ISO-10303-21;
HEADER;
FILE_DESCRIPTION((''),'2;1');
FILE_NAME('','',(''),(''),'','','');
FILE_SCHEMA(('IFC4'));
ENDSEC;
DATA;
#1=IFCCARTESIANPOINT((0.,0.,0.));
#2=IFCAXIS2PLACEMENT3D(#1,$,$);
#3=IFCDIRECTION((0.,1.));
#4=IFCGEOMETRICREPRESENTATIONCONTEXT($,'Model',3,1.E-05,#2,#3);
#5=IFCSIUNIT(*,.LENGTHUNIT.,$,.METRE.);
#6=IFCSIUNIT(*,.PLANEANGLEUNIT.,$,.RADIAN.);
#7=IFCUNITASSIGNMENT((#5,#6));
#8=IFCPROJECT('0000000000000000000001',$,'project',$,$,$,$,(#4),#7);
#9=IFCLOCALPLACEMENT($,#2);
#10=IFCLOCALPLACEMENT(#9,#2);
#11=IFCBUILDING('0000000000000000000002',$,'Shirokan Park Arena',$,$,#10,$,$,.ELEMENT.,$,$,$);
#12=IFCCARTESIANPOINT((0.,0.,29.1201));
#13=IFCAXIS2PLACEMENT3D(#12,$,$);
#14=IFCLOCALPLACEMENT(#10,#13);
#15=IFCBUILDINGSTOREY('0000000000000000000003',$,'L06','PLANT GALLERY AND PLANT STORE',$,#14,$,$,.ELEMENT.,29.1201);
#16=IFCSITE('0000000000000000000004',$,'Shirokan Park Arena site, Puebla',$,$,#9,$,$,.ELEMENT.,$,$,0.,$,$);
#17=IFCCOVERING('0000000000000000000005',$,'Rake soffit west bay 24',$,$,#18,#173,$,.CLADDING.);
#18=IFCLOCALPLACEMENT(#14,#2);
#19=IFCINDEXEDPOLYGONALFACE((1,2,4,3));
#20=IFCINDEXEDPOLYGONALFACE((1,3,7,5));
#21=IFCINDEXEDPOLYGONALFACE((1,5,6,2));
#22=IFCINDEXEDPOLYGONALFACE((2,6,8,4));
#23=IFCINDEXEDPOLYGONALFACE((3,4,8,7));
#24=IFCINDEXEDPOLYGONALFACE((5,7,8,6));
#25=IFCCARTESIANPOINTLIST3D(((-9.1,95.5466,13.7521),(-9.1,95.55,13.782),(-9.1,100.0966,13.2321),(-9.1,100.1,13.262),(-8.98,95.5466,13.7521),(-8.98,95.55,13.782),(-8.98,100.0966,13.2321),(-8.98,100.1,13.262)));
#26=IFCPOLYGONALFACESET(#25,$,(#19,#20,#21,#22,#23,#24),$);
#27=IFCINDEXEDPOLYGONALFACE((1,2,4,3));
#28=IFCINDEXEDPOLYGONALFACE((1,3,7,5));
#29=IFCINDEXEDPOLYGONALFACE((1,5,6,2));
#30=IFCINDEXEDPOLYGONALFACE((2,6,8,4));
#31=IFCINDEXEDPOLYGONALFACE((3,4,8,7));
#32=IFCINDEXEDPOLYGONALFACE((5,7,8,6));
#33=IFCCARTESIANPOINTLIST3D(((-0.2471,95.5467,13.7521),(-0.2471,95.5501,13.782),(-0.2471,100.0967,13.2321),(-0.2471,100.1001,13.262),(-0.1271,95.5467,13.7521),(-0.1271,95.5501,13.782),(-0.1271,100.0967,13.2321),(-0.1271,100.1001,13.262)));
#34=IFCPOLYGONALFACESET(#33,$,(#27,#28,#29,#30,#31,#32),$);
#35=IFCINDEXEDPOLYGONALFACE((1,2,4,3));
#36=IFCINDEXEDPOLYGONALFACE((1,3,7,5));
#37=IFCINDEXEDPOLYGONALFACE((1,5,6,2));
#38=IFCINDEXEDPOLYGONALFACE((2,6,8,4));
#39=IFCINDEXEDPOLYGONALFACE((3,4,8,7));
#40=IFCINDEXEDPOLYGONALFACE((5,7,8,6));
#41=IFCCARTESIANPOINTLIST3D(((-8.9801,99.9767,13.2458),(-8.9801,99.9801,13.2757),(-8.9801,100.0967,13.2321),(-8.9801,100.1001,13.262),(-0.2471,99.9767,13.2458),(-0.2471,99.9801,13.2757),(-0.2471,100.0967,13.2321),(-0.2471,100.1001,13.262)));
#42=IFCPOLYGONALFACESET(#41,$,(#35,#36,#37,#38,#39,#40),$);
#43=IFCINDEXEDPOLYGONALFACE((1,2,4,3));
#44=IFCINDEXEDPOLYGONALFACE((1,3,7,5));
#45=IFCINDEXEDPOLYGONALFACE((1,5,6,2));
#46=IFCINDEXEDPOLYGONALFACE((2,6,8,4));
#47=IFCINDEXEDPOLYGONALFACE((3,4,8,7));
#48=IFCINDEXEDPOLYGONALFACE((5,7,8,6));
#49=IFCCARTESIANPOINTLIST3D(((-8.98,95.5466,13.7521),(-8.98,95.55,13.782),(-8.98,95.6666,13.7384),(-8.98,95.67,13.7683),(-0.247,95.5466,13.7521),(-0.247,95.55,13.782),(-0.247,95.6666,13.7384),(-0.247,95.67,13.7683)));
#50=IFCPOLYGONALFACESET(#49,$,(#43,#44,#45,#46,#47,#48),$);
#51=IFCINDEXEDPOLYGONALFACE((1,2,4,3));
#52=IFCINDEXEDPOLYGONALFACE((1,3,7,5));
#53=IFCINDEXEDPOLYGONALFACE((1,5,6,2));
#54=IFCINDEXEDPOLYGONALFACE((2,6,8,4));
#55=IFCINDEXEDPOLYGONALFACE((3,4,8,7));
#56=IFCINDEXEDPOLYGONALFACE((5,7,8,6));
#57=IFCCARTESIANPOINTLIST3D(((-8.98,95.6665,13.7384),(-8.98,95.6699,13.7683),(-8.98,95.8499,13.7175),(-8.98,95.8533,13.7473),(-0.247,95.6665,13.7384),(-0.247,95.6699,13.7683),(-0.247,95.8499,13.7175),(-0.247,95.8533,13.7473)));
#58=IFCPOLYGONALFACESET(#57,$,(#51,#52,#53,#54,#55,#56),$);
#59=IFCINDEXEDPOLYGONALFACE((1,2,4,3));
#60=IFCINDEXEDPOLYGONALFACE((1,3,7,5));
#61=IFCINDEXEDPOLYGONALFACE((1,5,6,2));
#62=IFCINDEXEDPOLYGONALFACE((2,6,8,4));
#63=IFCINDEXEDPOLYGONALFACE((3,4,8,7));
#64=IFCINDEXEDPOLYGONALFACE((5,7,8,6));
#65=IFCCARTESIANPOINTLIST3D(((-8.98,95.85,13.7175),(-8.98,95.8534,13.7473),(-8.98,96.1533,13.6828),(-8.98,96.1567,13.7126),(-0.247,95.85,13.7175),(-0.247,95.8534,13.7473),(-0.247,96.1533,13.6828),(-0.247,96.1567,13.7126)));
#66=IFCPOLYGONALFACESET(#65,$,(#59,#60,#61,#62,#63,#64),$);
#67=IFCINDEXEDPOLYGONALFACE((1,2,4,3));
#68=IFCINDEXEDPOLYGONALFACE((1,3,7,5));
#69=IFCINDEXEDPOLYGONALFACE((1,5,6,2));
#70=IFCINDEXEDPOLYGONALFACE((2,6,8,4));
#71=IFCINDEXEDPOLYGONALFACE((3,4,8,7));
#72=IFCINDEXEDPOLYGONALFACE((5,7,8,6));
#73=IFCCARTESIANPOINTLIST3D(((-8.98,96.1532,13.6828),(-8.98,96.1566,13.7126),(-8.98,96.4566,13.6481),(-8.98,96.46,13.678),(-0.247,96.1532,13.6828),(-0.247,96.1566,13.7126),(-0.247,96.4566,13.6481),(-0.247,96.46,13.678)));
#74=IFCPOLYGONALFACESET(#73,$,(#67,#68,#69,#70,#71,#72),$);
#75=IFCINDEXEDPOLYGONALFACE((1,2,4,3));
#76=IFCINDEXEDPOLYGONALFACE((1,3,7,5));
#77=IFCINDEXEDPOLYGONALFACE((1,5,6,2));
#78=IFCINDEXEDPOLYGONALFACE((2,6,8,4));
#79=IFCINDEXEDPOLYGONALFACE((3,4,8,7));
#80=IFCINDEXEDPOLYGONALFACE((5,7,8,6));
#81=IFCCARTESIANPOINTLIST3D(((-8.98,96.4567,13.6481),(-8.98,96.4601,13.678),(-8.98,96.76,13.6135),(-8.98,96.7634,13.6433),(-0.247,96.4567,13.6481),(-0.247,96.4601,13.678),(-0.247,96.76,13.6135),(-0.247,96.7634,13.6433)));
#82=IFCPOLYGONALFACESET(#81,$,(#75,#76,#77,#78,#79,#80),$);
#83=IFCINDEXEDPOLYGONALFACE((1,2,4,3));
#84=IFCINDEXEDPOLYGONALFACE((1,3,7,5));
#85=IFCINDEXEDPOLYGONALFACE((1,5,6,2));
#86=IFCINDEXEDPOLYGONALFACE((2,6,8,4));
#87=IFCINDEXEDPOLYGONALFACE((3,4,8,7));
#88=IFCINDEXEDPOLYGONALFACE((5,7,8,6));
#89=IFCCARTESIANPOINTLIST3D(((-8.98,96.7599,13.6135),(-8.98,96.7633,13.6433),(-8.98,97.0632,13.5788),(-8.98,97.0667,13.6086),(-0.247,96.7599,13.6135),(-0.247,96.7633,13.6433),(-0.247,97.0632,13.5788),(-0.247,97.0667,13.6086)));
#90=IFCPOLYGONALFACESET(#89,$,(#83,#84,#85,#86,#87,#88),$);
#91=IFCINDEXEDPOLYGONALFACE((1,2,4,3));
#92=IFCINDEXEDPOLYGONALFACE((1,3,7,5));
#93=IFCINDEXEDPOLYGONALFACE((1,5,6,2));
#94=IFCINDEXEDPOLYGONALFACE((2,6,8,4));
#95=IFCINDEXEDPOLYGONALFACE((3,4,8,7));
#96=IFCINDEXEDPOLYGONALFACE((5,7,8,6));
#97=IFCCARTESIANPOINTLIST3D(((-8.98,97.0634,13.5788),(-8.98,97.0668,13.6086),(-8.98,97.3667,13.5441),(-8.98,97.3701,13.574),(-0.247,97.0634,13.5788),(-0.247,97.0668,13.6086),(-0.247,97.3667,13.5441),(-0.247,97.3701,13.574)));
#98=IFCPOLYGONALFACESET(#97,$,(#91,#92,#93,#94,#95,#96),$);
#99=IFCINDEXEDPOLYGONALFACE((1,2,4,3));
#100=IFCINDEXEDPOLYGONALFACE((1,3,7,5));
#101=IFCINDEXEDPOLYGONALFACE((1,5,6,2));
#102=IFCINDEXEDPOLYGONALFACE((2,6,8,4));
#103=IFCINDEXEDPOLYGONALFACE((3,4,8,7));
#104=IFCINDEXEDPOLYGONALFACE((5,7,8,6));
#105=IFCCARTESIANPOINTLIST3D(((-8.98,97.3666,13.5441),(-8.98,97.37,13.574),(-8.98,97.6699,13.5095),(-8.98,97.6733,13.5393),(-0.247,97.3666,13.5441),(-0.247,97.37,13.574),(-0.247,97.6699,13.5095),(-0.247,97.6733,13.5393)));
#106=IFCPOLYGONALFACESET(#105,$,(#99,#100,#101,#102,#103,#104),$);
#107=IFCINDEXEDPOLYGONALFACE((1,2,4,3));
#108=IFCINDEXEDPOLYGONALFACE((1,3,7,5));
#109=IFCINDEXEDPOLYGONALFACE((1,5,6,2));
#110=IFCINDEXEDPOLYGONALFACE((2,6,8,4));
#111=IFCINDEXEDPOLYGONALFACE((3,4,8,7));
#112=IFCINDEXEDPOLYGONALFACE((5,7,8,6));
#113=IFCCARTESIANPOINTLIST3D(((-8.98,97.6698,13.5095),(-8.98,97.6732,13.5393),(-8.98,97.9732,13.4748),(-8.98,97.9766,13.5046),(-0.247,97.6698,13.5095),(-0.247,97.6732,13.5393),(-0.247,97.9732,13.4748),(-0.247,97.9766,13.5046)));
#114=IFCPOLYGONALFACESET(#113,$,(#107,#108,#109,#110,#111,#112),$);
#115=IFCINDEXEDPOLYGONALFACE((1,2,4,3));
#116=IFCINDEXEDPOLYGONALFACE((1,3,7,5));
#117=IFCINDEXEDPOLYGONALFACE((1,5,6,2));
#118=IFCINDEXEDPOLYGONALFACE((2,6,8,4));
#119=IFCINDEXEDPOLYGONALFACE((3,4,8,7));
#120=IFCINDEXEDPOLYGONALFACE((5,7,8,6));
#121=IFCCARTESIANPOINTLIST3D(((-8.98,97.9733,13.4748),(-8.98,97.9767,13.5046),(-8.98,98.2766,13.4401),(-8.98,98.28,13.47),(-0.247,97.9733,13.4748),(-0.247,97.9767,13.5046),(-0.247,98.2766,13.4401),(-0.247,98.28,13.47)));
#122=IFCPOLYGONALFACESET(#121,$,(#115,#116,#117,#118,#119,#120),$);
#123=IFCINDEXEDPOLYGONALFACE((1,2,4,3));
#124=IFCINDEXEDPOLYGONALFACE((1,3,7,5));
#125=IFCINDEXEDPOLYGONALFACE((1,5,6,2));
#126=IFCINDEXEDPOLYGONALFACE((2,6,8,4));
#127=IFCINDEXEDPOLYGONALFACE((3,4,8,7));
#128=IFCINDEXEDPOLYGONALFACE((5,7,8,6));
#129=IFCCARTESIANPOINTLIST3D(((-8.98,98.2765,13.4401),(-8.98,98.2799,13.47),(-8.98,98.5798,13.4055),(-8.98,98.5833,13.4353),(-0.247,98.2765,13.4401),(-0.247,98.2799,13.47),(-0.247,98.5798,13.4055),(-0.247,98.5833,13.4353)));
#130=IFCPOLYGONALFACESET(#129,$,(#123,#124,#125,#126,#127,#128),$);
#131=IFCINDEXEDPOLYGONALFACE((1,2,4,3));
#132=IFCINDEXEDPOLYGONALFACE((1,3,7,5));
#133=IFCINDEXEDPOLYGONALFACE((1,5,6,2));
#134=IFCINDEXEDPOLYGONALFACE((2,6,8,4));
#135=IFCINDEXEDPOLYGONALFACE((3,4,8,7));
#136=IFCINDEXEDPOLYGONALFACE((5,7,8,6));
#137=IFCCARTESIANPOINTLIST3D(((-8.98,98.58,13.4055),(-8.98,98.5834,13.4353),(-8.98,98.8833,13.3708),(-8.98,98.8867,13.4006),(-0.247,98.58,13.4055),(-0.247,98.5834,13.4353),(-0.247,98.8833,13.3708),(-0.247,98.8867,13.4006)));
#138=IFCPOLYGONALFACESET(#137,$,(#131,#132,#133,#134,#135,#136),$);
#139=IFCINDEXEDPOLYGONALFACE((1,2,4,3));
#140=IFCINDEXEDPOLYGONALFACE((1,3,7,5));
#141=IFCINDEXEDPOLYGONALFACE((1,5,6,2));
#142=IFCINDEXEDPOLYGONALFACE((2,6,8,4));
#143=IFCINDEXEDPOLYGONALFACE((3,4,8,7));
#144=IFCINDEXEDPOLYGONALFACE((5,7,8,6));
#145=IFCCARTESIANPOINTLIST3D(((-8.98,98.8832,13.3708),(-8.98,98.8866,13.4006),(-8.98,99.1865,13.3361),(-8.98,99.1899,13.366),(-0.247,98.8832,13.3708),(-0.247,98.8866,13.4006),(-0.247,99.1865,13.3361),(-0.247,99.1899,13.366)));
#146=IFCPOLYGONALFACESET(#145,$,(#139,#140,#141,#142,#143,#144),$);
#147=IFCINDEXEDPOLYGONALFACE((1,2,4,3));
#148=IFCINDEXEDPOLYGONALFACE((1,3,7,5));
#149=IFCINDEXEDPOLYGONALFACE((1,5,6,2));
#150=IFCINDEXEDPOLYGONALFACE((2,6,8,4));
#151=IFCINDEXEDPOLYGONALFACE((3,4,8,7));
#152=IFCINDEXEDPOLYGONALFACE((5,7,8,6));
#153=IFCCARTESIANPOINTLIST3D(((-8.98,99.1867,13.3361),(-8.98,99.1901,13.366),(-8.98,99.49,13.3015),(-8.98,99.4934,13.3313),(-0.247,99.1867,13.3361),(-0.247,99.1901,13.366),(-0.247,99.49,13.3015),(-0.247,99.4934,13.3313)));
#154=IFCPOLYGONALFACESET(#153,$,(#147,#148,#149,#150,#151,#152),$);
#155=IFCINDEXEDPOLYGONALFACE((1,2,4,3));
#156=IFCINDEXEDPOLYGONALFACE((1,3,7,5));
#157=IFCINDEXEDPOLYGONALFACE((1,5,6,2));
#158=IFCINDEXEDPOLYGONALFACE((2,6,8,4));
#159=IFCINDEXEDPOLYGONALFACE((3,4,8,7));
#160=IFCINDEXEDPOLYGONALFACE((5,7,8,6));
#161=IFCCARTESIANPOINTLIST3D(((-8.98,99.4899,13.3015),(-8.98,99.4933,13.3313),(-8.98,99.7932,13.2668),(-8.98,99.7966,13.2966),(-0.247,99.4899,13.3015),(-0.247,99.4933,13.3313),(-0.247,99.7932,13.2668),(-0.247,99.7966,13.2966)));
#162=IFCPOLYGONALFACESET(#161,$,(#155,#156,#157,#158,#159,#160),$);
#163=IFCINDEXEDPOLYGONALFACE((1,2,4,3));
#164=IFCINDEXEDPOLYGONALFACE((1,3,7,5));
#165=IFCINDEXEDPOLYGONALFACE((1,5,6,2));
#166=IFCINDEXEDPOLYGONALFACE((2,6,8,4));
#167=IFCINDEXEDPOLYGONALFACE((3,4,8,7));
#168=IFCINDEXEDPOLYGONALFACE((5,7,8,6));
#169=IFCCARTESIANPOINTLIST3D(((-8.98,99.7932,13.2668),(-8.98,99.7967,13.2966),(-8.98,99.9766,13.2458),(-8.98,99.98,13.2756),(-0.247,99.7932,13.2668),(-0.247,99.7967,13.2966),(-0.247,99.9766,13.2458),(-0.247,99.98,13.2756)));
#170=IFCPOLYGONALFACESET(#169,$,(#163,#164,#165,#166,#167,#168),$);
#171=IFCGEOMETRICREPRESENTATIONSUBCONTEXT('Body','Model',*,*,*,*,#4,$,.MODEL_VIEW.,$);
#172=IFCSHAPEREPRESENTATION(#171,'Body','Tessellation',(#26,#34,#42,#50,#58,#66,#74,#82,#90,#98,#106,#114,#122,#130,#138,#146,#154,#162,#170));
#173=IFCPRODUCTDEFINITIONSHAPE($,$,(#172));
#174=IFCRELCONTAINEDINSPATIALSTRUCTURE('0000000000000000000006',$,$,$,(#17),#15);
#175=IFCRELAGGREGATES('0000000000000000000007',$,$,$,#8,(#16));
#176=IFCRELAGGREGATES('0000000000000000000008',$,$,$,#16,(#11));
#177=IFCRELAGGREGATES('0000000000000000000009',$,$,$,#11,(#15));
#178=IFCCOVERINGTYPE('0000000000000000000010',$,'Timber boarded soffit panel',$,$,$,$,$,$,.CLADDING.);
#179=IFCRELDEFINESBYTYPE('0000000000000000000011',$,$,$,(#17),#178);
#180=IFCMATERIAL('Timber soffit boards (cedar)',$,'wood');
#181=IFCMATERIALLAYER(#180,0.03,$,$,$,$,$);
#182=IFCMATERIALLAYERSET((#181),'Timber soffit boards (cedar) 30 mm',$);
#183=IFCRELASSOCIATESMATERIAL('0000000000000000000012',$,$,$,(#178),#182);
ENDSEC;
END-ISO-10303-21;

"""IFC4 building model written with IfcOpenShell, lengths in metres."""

from ifc_helpers import new_model, si_unit, direction, frame, origin, place, context, subcontext, project, spatial, polyline, outline, extrude, material, layer, layer_set, type_object, element, save


model = new_model("IFC4")

# Units and contexts
model_context = context("Model", 3, precision=1e-05, world=origin(), true_north=direction((0.0, 1.0)))
body_context = subcontext(model_context, "Body", "Model", "MODEL_VIEW")
ifc_project = project(units=[si_unit("LENGTHUNIT", "METRE"), si_unit("PLANEANGLEUNIT", "RADIAN")], contexts=[model_context])

# Site, building, storey
site_placement = place(None, origin())
site = spatial("IfcSite", under=ifc_project, at=site_placement, Name="Shirokan Park Arena site, Puebla", CompositionType="ELEMENT", RefElevation=0.0)
building_placement = place(site_placement, origin())
building = spatial("IfcBuilding", under=site, at=building_placement, Name="Shirokan Park Arena", CompositionType="ELEMENT")
storey_placement = place(building_placement, frame((0.0, 0.0, 29.1201)))
storey = spatial("IfcBuildingStorey", under=building, at=storey_placement, Name="L06", Description="PLANT GALLERY AND PLANT STORE", CompositionType="ELEMENT", Elevation=29.1201)

# Covering
ifc_material = material(Name="Timber soffit boards (cedar)", Category="wood")
ifc_layer = layer(ifc_material, 0.03)
ifc_layer_set = layer_set([ifc_layer], Name="Timber soffit boards (cedar) 30 mm")
covering_type = type_object("IfcCoveringType", Name="Timber boarded soffit panel", PredefinedType="CLADDING", material=ifc_layer_set)
covering_1_placement = place(storey_placement, origin())
element("IfcCovering", 1, at=covering_1_placement, inside=storey, type_object=covering_type, Name="Rake soffit west bay 24", PredefinedType="CLADDING", context=body_context, shape_type="SweptSolid", body=[
    extrude(outline(polyline([(0.0, 0.0), (0.12, 0.0), (0.12, -4.5796), (0.0, -4.5796), (0.0, 0.0)])), frame((-8.98, 95.55, 13.782), z_axis=(0.0, 0.113547, 0.993533), x_axis=(-1.0, 0.0, 0.0)), (0.0, 0.0, -1.0), 0.03),
    extrude(outline(polyline([(0.0, 0.0), (0.12, 0.0), (0.12, -4.5796), (0.0, -4.5796), (0.0, 0.0)])), frame((-0.2471, 100.1001, 13.262), z_axis=(0.0, 0.113547, 0.993533), x_axis=(1.0, 0.0, 0.0)), (0.0, 0.0, -1.0), 0.03),
    extrude(outline(polyline([(0.0, 0.0), (0.1208, 0.0), (0.1208, -8.733), (0.0, -8.733), (0.0, 0.0)])), frame((-0.2471, 100.1001, 13.262), z_axis=(0.0, 0.113512, 0.993537), x_axis=(0.0, -0.993537, 0.113512)), (0.0, 0.0, -1.0), 0.03),
    extrude(outline(polyline([(0.0, 0.0), (0.1208, 0.0), (0.1208, -8.733), (0.0, -8.733), (0.0, 0.0)])), frame((-8.98, 95.55, 13.782), z_axis=(0.0, 0.113512, 0.993537), x_axis=(0.0, 0.993537, -0.113512)), (0.0, 0.0, -1.0), 0.03),
    extrude(outline(polyline([(0.0, 0.0), (8.733, 0.0), (8.733, -0.1845), (0.0, -0.1845), (0.0, 0.0)])), frame((-8.98, 95.8533, 13.7473), z_axis=(0.0, 0.113589, 0.993528), x_axis=(1.0, 0.0, 0.0)), (0.0, 0.0, -1.0), 0.03),
    extrude(outline(polyline([(0.0, 0.0), (8.733, 0.0), (8.733, -0.3053), (0.0, -0.3053), (0.0, 0.0)])), frame((-8.98, 96.1567, 13.7126), z_axis=(0.0, 0.113523, 0.993535), x_axis=(1.0, 0.0, 0.0)), (0.0, 0.0, -1.0), 0.03),
    extrude(outline(polyline([(0.0, 0.0), (8.733, 0.0), (8.733, -0.3053), (0.0, -0.3053), (0.0, 0.0)])), frame((-8.98, 96.46, 13.678), z_axis=(0.0, 0.113559, 0.993531), x_axis=(1.0, 0.0, 0.0)), (0.0, 0.0, -1.0), 0.03),
    extrude(outline(polyline([(0.0, 0.0), (8.733, 0.0), (8.733, -0.3053), (0.0, -0.3053), (0.0, 0.0)])), frame((-8.98, 96.7634, 13.6433), z_axis=(0.0, 0.113559, 0.993531), x_axis=(1.0, 0.0, 0.0)), (0.0, 0.0, -1.0), 0.03),
    extrude(outline(polyline([(0.0, 0.0), (8.733, 0.0), (8.733, -0.3053), (0.0, -0.3053), (0.0, 0.0)])), frame((-8.98, 97.0667, 13.6086), z_axis=(0.0, 0.113523, 0.993535), x_axis=(1.0, 0.0, 0.0)), (0.0, 0.0, -1.0), 0.03),
    extrude(outline(polyline([(0.0, 0.0), (8.733, 0.0), (8.733, -0.3053), (0.0, -0.3053), (0.0, 0.0)])), frame((-8.98, 97.3701, 13.574), z_axis=(0.0, 0.113559, 0.993531), x_axis=(1.0, 0.0, 0.0)), (0.0, 0.0, -1.0), 0.03),
    extrude(outline(polyline([(0.0, 0.0), (8.733, 0.0), (8.733, -0.3053), (0.0, -0.3053), (0.0, 0.0)])), frame((-8.98, 97.6733, 13.5393), z_axis=(0.0, 0.113559, 0.993531), x_axis=(1.0, 0.0, 0.0)), (0.0, 0.0, -1.0), 0.03),
    extrude(outline(polyline([(0.0, 0.0), (8.733, 0.0), (8.733, -0.3053), (0.0, -0.3053), (0.0, 0.0)])), frame((-8.98, 97.9766, 13.5046), z_axis=(0.0, 0.113523, 0.993535), x_axis=(1.0, 0.0, 0.0)), (0.0, 0.0, -1.0), 0.03),
    extrude(outline(polyline([(0.0, 0.0), (8.733, 0.0), (8.733, -0.3053), (0.0, -0.3053), (0.0, 0.0)])), frame((-8.98, 98.28, 13.47), z_axis=(0.0, 0.113559, 0.993531), x_axis=(1.0, 0.0, 0.0)), (0.0, 0.0, -1.0), 0.03),
    extrude(outline(polyline([(0.0, 0.0), (8.733, 0.0), (8.733, -0.3053), (0.0, -0.3053), (0.0, 0.0)])), frame((-8.98, 98.5833, 13.4353), z_axis=(0.0, 0.113559, 0.993531), x_axis=(1.0, 0.0, 0.0)), (0.0, 0.0, -1.0), 0.03),
    extrude(outline(polyline([(0.0, 0.0), (8.733, 0.0), (8.733, -0.3053), (0.0, -0.3053), (0.0, 0.0)])), frame((-8.98, 98.8867, 13.4006), z_axis=(0.0, 0.113523, 0.993535), x_axis=(1.0, 0.0, 0.0)), (0.0, 0.0, -1.0), 0.03),
    extrude(outline(polyline([(0.0, 0.0), (8.733, 0.0), (8.733, -0.3053), (0.0, -0.3053), (0.0, 0.0)])), frame((-8.98, 99.1899, 13.366), z_axis=(0.0, 0.113559, 0.993531), x_axis=(1.0, 0.0, 0.0)), (0.0, 0.0, -1.0), 0.03),
    extrude(outline(polyline([(0.0, 0.0), (8.733, 0.0), (8.733, -0.3053), (0.0, -0.3053), (0.0, 0.0)])), frame((-8.98, 99.4934, 13.3313), z_axis=(0.0, 0.113559, 0.993531), x_axis=(1.0, 0.0, 0.0)), (0.0, 0.0, -1.0), 0.03),
    extrude(outline(polyline([(0.0, 0.0), (8.733, 0.0), (8.733, -0.3053), (0.0, -0.3053), (0.0, 0.0)])), frame((-8.98, 99.7966, 13.2966), z_axis=(0.0, 0.113523, 0.993535), x_axis=(1.0, 0.0, 0.0)), (0.0, 0.0, -1.0), 0.03),
    extrude(outline(polyline([(0.0, 0.0), (8.733, 0.0), (8.733, -0.1845), (0.0, -0.1845), (0.0, 0.0)])), frame((-8.98, 99.98, 13.2756), z_axis=(0.0, 0.113589, 0.993528), x_axis=(1.0, 0.0, 0.0)), (0.0, 0.0, -1.0), 0.03),
])

save(model, "model.ifc")
